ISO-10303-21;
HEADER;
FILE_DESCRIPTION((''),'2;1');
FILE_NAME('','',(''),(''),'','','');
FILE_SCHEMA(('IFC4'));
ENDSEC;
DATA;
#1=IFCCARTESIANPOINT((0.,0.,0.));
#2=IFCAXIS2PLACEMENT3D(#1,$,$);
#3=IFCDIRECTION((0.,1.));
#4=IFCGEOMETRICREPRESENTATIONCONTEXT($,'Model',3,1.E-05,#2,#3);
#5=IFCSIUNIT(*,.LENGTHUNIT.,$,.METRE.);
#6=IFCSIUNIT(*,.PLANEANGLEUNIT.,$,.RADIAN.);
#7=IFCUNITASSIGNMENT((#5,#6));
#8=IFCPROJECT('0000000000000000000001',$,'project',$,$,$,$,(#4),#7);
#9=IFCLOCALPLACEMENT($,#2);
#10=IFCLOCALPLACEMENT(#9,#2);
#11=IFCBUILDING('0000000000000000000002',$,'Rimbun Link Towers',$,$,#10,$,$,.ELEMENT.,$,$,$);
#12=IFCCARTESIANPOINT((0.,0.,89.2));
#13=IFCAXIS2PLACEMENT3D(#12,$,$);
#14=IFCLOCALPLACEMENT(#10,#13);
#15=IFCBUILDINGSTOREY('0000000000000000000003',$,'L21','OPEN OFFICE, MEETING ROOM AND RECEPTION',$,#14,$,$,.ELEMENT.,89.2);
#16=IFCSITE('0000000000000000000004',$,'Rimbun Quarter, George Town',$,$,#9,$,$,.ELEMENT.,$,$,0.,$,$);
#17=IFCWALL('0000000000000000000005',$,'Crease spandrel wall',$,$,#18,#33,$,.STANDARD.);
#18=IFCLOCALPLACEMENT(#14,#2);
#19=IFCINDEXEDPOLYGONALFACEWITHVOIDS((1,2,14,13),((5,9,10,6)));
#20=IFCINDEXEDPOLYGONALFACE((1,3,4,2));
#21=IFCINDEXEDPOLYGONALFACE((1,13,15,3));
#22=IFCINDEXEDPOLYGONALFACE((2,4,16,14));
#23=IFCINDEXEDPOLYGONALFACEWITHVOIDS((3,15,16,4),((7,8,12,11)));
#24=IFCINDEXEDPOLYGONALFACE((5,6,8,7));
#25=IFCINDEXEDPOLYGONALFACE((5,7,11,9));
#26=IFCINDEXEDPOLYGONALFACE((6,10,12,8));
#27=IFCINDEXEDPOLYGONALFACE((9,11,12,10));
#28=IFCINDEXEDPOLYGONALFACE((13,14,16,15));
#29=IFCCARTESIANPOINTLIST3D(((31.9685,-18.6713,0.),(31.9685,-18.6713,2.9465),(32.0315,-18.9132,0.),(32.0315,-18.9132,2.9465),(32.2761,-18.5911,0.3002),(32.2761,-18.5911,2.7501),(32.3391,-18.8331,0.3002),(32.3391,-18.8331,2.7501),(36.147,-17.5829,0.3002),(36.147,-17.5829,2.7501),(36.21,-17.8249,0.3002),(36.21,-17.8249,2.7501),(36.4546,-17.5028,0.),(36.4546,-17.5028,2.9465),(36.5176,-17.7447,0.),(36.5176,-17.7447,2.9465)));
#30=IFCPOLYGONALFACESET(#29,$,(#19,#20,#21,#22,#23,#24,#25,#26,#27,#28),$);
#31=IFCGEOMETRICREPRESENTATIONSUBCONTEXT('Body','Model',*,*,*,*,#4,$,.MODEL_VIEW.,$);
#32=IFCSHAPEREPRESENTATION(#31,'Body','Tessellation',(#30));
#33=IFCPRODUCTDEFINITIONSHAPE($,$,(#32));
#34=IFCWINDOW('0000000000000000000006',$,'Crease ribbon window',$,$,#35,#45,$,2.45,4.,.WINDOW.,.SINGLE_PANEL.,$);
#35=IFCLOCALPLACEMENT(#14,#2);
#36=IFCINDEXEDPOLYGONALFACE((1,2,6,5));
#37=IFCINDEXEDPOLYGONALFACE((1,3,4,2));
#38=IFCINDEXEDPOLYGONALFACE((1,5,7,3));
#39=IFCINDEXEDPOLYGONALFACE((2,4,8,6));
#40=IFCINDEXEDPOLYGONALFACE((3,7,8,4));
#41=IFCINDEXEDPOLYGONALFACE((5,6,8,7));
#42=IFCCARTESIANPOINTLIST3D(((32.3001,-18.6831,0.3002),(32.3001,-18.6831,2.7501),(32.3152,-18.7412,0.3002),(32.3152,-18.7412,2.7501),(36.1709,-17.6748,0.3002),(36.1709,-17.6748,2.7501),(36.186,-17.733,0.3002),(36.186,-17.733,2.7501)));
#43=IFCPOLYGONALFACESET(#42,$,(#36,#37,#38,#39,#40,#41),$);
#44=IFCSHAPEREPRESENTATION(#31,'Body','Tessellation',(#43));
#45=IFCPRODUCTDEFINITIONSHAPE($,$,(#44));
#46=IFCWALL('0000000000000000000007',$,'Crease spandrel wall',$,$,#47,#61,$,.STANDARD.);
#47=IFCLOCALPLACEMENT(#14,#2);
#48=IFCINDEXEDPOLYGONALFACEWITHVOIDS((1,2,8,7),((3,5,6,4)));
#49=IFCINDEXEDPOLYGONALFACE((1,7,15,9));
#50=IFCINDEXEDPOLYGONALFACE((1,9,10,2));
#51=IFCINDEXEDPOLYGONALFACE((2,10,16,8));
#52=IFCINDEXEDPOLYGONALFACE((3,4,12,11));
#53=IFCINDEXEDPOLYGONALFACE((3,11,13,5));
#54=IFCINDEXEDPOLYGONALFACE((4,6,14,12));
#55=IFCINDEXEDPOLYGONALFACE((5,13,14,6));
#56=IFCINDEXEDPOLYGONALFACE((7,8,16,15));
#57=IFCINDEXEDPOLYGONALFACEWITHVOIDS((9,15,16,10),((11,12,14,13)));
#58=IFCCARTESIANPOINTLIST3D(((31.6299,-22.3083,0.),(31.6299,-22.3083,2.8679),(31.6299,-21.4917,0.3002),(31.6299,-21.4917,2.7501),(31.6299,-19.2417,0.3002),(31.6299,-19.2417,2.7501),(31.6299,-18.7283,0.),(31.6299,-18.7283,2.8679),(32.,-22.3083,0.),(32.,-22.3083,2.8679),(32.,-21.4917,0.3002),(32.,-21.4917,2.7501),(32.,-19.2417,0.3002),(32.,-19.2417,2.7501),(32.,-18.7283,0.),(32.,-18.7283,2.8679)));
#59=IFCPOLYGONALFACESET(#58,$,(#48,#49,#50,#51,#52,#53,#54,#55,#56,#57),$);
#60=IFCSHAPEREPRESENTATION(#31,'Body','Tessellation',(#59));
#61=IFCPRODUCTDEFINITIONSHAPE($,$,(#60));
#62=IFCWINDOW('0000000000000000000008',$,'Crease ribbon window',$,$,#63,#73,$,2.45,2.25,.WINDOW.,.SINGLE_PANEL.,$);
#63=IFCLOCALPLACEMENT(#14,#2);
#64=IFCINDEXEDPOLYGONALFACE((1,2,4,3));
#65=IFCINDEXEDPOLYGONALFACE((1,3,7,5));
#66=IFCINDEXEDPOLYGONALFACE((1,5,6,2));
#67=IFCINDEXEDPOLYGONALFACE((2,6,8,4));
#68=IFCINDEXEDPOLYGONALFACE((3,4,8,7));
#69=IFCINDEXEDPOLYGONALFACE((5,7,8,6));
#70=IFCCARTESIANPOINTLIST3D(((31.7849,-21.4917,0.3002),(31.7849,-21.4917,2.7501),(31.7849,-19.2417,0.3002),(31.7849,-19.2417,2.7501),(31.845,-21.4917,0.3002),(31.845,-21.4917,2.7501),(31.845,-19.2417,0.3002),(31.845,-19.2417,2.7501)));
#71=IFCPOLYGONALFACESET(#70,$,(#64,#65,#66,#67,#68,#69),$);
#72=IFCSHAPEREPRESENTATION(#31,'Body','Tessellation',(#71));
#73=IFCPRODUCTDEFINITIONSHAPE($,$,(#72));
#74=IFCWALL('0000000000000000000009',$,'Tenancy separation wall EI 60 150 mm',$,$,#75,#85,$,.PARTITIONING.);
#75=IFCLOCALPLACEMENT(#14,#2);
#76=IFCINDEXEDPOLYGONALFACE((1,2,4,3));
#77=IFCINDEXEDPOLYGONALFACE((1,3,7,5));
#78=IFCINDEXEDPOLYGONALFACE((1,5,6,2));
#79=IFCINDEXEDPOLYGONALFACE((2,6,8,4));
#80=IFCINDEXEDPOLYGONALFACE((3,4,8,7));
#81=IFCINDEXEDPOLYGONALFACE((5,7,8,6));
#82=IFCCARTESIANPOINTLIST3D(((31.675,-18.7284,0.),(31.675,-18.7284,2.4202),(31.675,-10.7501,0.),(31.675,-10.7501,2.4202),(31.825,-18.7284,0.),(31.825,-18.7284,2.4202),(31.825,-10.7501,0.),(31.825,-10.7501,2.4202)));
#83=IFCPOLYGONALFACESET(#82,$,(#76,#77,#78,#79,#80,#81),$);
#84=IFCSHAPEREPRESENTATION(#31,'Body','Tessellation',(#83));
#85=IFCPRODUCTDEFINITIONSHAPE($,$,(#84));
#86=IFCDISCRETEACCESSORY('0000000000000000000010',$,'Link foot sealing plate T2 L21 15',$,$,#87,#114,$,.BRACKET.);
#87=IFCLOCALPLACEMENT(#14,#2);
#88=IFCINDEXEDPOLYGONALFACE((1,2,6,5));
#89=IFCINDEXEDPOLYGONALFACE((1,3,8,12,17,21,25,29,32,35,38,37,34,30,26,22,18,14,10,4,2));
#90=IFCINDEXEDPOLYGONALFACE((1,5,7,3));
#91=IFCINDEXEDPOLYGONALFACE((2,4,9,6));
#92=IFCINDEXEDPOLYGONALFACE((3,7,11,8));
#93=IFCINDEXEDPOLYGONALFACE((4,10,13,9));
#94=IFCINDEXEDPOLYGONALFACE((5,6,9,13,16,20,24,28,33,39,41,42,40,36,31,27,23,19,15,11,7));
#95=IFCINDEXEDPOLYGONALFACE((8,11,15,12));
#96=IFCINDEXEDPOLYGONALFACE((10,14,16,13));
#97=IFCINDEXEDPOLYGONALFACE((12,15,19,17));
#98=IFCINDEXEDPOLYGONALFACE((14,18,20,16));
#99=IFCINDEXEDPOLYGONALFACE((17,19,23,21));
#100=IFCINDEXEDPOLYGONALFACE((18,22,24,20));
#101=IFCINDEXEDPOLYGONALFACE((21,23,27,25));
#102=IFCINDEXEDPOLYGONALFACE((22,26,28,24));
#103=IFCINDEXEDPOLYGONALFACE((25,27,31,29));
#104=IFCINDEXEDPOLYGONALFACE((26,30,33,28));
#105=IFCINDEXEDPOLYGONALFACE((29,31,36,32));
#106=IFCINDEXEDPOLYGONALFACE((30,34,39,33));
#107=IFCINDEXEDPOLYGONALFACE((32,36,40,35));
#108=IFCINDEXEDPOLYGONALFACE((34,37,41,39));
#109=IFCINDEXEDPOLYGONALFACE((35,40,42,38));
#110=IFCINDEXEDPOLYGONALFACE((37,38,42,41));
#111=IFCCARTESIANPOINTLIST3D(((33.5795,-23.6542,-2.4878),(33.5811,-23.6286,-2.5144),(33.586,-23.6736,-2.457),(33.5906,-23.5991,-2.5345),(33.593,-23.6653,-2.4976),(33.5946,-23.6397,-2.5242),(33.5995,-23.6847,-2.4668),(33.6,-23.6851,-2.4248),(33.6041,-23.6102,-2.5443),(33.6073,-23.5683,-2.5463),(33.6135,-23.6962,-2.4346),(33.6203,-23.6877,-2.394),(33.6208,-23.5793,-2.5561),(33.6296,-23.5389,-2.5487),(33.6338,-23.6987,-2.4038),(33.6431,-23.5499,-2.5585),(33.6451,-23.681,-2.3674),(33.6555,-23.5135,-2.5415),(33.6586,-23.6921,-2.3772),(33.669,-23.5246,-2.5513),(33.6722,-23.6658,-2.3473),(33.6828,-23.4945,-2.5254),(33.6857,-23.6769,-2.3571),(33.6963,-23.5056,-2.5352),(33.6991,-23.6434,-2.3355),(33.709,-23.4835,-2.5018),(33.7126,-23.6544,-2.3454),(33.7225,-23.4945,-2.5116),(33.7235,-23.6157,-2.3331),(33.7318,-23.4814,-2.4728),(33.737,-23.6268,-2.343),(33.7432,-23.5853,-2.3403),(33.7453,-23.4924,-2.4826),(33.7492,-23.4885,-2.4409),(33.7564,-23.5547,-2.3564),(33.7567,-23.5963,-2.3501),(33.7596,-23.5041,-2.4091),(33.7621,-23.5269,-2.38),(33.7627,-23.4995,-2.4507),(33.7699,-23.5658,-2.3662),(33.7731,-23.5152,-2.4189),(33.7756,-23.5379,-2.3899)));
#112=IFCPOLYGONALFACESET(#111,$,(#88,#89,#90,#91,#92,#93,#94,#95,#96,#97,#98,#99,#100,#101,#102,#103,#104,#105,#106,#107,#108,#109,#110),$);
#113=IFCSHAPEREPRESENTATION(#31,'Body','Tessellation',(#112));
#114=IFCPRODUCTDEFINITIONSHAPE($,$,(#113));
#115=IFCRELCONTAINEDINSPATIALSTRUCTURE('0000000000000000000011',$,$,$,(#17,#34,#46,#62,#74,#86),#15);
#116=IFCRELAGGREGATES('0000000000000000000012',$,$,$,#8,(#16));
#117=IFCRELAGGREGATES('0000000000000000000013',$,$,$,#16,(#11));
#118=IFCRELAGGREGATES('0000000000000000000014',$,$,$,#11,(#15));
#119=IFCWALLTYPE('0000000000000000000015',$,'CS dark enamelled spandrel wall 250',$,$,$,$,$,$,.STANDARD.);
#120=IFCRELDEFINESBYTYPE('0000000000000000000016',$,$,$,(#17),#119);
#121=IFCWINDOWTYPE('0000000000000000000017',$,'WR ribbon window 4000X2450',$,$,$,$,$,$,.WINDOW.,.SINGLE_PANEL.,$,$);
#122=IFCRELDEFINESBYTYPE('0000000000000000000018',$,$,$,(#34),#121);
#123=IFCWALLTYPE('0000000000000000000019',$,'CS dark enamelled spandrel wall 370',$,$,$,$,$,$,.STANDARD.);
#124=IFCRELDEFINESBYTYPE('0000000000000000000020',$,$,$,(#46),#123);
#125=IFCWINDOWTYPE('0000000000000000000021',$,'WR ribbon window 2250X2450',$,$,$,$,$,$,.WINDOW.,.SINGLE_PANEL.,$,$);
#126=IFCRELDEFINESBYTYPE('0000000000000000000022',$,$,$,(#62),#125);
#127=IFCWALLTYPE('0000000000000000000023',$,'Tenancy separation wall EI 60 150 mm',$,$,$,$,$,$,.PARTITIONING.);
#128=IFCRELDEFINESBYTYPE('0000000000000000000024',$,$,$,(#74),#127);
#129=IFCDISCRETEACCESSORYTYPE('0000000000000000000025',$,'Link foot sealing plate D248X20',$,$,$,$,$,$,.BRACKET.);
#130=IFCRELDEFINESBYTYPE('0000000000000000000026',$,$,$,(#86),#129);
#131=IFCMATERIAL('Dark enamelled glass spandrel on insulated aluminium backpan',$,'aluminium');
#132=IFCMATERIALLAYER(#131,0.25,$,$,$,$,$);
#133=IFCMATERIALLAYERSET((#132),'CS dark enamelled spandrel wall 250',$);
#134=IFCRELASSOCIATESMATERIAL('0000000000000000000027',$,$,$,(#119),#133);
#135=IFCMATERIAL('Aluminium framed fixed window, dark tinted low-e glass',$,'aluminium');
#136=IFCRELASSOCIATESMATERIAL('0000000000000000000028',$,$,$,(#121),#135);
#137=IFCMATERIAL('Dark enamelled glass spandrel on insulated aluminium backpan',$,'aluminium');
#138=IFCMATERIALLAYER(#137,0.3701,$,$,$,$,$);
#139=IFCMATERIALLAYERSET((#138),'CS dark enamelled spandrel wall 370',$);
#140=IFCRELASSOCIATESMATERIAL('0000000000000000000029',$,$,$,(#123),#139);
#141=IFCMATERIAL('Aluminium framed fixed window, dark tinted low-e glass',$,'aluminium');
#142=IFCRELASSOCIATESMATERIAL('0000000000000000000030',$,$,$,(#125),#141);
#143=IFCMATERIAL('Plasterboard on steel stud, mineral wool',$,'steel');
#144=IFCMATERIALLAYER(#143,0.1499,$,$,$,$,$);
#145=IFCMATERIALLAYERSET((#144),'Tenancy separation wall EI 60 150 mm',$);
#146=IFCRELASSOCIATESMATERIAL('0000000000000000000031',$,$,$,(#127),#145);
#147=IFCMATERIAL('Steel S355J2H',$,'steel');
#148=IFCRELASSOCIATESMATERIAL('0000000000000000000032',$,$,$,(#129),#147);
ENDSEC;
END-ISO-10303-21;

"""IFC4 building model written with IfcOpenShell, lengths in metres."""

from ifc_helpers import new_model, si_unit, direction, frame, frame_2d, origin, origin_2d, place, context, subcontext, project, spatial, rectangle, circle, extrude, material, layer, layer_set, material_profile, profile_set, type_object, element, fill, save


model = new_model("IFC4")

# Units and contexts
model_context = context("Model", 3, precision=1e-05, world=origin(), true_north=direction((0.0, 1.0)))
body_context = subcontext(model_context, "Body", "Model", "MODEL_VIEW")
ifc_project = project(units=[si_unit("LENGTHUNIT", "METRE"), si_unit("PLANEANGLEUNIT", "RADIAN")], contexts=[model_context])

# Site, building, storey
site_placement = place(None, origin())
site = spatial("IfcSite", under=ifc_project, at=site_placement, Name="Rimbun Quarter, George Town", CompositionType="ELEMENT", RefElevation=0.0)
building_placement = place(site_placement, origin())
building = spatial("IfcBuilding", under=site, at=building_placement, Name="Rimbun Link Towers", CompositionType="ELEMENT")
storey_placement = place(building_placement, frame((0.0, 0.0, 89.2)))
storey = spatial("IfcBuildingStorey", under=building, at=storey_placement, Name="L21", Description="OPEN OFFICE, MEETING ROOM AND RECEPTION", CompositionType="ELEMENT", Elevation=89.2)

# Walls, openings, windows
ifc_material_1 = material(Name="Dark enamelled glass spandrel on insulated aluminium backpan", Category="aluminium")
ifc_layer_1 = layer(ifc_material_1, 0.25)
ifc_layer_set_1 = layer_set([ifc_layer_1], Name="CS dark enamelled spandrel wall 250")
wall_type_1 = type_object("IfcWallType", Name="CS dark enamelled spandrel wall 250", PredefinedType="STANDARD", material=ifc_layer_set_1)
wall_1_placement = place(storey_placement, frame((36.4861, -17.6238, 0.0), z_axis=(0.0, 0.0, 1.0), x_axis=(-0.967713, -0.252053, 0.0)))
wall_1 = element("IfcWall", 1, at=wall_1_placement, inside=storey, type_object=wall_type_1, Name="Crease spandrel wall", PredefinedType="STANDARD", context=body_context, shape_type="SweptSolid", body=[
    extrude(rectangle(XDim=4.6357, YDim=0.25, at=frame_2d((2.3179, 0.0))), origin(), (0.0, 0.0, 1.0), 2.9465),
])
opening_1_placement = place(wall_1_placement, frame((0.3179, 0.0, 0.3)))
opening_1 = element("IfcOpeningElement", 2, at=opening_1_placement, cuts=wall_1, PredefinedType="OPENING", context=body_context, shape_type="SweptSolid", body=[
    extrude(rectangle(XDim=4.0, YDim=2.45, at=frame_2d((2.0, 1.2251))), frame((0.0, 0.135, 0.0), z_axis=(0.0, -1.0, 0.0), x_axis=(1.0, 0.0, 0.0)), (0.0, 0.0, 1.0), 0.27),
])
ifc_material_2 = material(Name="Aluminium framed fixed window, dark tinted low-e glass", Category="aluminium")
window_type_1 = type_object("IfcWindowType", Name="WR ribbon window 4000X2450", PartitioningType="SINGLE_PANEL", PredefinedType="WINDOW", material=ifc_material_2)
window_1_placement = place(opening_1_placement, origin())
window_1 = element("IfcWindow", 3, at=window_1_placement, inside=storey, type_object=window_type_1, Name="Crease ribbon window", OverallHeight=2.45, OverallWidth=4.0, PartitioningType="SINGLE_PANEL", PredefinedType="WINDOW", context=body_context, shape_type="SweptSolid", body=[
    extrude(rectangle(XDim=4.0, YDim=2.45, at=frame_2d((2.0, 1.2251))), frame((0.0, 0.03, 0.0), z_axis=(0.0, -1.0, 0.0), x_axis=(1.0, 0.0, 0.0)), (0.0, 0.0, 1.0), 0.0601),
])
fill(opening_1, window_1)
ifc_material_3 = material(Name="Dark enamelled glass spandrel on insulated aluminium backpan", Category="aluminium")
ifc_layer_2 = layer(ifc_material_3, 0.3701)
ifc_layer_set_2 = layer_set([ifc_layer_2], Name="CS dark enamelled spandrel wall 370")
wall_type_2 = type_object("IfcWallType", Name="CS dark enamelled spandrel wall 370", PredefinedType="STANDARD", material=ifc_layer_set_2)
wall_2_placement = place(storey_placement, frame((31.8149, -18.7283, 0.0), z_axis=(0.0, 0.0, 1.0), x_axis=(0.0, -1.0, 0.0)))
wall_2 = element("IfcWall", 4, at=wall_2_placement, inside=storey, type_object=wall_type_2, Name="Crease spandrel wall", PredefinedType="STANDARD", context=body_context, shape_type="SweptSolid", body=[
    extrude(rectangle(XDim=3.5801, YDim=0.3701, at=frame_2d((1.79, 0.0))), origin(), (0.0, 0.0, 1.0), 2.8679),
])
opening_2_placement = place(wall_2_placement, frame((0.5134, 0.0, 0.3)))
opening_2 = element("IfcOpeningElement", 5, at=opening_2_placement, cuts=wall_2, PredefinedType="OPENING", context=body_context, shape_type="SweptSolid", body=[
    extrude(rectangle(XDim=2.25, YDim=2.45, at=frame_2d((1.125, 1.2251))), frame((0.0, 0.1951, 0.0), z_axis=(0.0, -1.0, 0.0), x_axis=(1.0, 0.0, 0.0)), (0.0, 0.0, 1.0), 0.3901),
])
ifc_material_4 = material(Name="Aluminium framed fixed window, dark tinted low-e glass", Category="aluminium")
window_type_2 = type_object("IfcWindowType", Name="WR ribbon window 2250X2450", PartitioningType="SINGLE_PANEL", PredefinedType="WINDOW", material=ifc_material_4)
window_2_placement = place(opening_2_placement, origin())
window_2 = element("IfcWindow", 6, at=window_2_placement, inside=storey, type_object=window_type_2, Name="Crease ribbon window", OverallHeight=2.45, OverallWidth=2.25, PartitioningType="SINGLE_PANEL", PredefinedType="WINDOW", context=body_context, shape_type="SweptSolid", body=[
    extrude(rectangle(XDim=2.25, YDim=2.45, at=frame_2d((1.125, 1.2251))), frame((0.0, 0.03, 0.0), z_axis=(0.0, -1.0, 0.0), x_axis=(1.0, 0.0, 0.0)), (0.0, 0.0, 1.0), 0.0601),
])
fill(opening_2, window_2)

# Wall
ifc_material_5 = material(Name="Plasterboard on steel stud, mineral wool", Category="steel")
ifc_layer_3 = layer(ifc_material_5, 0.1499)
ifc_layer_set_3 = layer_set([ifc_layer_3], Name="Tenancy separation wall EI 60 150 mm")
wall_type_3 = type_object("IfcWallType", Name="Tenancy separation wall EI 60 150 mm", PredefinedType="PARTITIONING", material=ifc_layer_set_3)
wall_3_placement = place(storey_placement, frame((31.75, -10.75, 0.0), z_axis=(0.0, 0.0, 1.0), x_axis=(0.0, -1.0, 0.0)))
element("IfcWall", 7, at=wall_3_placement, inside=storey, type_object=wall_type_3, Name="Tenancy separation wall EI 60 150 mm", PredefinedType="PARTITIONING", context=body_context, shape_type="SweptSolid", body=[
    extrude(rectangle(XDim=7.9783, YDim=0.1499, at=frame_2d((3.9893, 0.0))), origin(), (0.0, 0.0, 1.0), 2.4202),
])

# Discrete accessory
ifc_material_6 = material(Name="Steel S355J2H", Category="steel")
ifc_material_profile_1 = material_profile(ifc_material_6, circle(Radius=0.124, at=origin_2d()), Name="PL D248")
ifc_profile_set_1 = profile_set([ifc_material_profile_1], Name="Steel S355J2H")
discrete_accessory_type = type_object("IfcDiscreteAccessoryType", Name="Link foot sealing plate D248X20", PredefinedType="BRACKET", material=ifc_profile_set_1)
discrete_accessory_placement = place(storey_placement, frame((33.6707, -23.5845, -2.4409), z_axis=(0.674453, -0.551825, -0.490511), x_axis=(0.633238, 0.773957, 0.0)))
element("IfcDiscreteAccessory", 8, at=discrete_accessory_placement, inside=storey, type_object=discrete_accessory_type, Name="Link foot sealing plate T2 L21 15", PredefinedType="BRACKET", context=body_context, shape_type="SweptSolid", body=[
    extrude(circle(Radius=0.124, at=origin_2d()), origin(), (0.0, 0.0, 1.0), 0.02),
])

save(model, "model.ifc")
